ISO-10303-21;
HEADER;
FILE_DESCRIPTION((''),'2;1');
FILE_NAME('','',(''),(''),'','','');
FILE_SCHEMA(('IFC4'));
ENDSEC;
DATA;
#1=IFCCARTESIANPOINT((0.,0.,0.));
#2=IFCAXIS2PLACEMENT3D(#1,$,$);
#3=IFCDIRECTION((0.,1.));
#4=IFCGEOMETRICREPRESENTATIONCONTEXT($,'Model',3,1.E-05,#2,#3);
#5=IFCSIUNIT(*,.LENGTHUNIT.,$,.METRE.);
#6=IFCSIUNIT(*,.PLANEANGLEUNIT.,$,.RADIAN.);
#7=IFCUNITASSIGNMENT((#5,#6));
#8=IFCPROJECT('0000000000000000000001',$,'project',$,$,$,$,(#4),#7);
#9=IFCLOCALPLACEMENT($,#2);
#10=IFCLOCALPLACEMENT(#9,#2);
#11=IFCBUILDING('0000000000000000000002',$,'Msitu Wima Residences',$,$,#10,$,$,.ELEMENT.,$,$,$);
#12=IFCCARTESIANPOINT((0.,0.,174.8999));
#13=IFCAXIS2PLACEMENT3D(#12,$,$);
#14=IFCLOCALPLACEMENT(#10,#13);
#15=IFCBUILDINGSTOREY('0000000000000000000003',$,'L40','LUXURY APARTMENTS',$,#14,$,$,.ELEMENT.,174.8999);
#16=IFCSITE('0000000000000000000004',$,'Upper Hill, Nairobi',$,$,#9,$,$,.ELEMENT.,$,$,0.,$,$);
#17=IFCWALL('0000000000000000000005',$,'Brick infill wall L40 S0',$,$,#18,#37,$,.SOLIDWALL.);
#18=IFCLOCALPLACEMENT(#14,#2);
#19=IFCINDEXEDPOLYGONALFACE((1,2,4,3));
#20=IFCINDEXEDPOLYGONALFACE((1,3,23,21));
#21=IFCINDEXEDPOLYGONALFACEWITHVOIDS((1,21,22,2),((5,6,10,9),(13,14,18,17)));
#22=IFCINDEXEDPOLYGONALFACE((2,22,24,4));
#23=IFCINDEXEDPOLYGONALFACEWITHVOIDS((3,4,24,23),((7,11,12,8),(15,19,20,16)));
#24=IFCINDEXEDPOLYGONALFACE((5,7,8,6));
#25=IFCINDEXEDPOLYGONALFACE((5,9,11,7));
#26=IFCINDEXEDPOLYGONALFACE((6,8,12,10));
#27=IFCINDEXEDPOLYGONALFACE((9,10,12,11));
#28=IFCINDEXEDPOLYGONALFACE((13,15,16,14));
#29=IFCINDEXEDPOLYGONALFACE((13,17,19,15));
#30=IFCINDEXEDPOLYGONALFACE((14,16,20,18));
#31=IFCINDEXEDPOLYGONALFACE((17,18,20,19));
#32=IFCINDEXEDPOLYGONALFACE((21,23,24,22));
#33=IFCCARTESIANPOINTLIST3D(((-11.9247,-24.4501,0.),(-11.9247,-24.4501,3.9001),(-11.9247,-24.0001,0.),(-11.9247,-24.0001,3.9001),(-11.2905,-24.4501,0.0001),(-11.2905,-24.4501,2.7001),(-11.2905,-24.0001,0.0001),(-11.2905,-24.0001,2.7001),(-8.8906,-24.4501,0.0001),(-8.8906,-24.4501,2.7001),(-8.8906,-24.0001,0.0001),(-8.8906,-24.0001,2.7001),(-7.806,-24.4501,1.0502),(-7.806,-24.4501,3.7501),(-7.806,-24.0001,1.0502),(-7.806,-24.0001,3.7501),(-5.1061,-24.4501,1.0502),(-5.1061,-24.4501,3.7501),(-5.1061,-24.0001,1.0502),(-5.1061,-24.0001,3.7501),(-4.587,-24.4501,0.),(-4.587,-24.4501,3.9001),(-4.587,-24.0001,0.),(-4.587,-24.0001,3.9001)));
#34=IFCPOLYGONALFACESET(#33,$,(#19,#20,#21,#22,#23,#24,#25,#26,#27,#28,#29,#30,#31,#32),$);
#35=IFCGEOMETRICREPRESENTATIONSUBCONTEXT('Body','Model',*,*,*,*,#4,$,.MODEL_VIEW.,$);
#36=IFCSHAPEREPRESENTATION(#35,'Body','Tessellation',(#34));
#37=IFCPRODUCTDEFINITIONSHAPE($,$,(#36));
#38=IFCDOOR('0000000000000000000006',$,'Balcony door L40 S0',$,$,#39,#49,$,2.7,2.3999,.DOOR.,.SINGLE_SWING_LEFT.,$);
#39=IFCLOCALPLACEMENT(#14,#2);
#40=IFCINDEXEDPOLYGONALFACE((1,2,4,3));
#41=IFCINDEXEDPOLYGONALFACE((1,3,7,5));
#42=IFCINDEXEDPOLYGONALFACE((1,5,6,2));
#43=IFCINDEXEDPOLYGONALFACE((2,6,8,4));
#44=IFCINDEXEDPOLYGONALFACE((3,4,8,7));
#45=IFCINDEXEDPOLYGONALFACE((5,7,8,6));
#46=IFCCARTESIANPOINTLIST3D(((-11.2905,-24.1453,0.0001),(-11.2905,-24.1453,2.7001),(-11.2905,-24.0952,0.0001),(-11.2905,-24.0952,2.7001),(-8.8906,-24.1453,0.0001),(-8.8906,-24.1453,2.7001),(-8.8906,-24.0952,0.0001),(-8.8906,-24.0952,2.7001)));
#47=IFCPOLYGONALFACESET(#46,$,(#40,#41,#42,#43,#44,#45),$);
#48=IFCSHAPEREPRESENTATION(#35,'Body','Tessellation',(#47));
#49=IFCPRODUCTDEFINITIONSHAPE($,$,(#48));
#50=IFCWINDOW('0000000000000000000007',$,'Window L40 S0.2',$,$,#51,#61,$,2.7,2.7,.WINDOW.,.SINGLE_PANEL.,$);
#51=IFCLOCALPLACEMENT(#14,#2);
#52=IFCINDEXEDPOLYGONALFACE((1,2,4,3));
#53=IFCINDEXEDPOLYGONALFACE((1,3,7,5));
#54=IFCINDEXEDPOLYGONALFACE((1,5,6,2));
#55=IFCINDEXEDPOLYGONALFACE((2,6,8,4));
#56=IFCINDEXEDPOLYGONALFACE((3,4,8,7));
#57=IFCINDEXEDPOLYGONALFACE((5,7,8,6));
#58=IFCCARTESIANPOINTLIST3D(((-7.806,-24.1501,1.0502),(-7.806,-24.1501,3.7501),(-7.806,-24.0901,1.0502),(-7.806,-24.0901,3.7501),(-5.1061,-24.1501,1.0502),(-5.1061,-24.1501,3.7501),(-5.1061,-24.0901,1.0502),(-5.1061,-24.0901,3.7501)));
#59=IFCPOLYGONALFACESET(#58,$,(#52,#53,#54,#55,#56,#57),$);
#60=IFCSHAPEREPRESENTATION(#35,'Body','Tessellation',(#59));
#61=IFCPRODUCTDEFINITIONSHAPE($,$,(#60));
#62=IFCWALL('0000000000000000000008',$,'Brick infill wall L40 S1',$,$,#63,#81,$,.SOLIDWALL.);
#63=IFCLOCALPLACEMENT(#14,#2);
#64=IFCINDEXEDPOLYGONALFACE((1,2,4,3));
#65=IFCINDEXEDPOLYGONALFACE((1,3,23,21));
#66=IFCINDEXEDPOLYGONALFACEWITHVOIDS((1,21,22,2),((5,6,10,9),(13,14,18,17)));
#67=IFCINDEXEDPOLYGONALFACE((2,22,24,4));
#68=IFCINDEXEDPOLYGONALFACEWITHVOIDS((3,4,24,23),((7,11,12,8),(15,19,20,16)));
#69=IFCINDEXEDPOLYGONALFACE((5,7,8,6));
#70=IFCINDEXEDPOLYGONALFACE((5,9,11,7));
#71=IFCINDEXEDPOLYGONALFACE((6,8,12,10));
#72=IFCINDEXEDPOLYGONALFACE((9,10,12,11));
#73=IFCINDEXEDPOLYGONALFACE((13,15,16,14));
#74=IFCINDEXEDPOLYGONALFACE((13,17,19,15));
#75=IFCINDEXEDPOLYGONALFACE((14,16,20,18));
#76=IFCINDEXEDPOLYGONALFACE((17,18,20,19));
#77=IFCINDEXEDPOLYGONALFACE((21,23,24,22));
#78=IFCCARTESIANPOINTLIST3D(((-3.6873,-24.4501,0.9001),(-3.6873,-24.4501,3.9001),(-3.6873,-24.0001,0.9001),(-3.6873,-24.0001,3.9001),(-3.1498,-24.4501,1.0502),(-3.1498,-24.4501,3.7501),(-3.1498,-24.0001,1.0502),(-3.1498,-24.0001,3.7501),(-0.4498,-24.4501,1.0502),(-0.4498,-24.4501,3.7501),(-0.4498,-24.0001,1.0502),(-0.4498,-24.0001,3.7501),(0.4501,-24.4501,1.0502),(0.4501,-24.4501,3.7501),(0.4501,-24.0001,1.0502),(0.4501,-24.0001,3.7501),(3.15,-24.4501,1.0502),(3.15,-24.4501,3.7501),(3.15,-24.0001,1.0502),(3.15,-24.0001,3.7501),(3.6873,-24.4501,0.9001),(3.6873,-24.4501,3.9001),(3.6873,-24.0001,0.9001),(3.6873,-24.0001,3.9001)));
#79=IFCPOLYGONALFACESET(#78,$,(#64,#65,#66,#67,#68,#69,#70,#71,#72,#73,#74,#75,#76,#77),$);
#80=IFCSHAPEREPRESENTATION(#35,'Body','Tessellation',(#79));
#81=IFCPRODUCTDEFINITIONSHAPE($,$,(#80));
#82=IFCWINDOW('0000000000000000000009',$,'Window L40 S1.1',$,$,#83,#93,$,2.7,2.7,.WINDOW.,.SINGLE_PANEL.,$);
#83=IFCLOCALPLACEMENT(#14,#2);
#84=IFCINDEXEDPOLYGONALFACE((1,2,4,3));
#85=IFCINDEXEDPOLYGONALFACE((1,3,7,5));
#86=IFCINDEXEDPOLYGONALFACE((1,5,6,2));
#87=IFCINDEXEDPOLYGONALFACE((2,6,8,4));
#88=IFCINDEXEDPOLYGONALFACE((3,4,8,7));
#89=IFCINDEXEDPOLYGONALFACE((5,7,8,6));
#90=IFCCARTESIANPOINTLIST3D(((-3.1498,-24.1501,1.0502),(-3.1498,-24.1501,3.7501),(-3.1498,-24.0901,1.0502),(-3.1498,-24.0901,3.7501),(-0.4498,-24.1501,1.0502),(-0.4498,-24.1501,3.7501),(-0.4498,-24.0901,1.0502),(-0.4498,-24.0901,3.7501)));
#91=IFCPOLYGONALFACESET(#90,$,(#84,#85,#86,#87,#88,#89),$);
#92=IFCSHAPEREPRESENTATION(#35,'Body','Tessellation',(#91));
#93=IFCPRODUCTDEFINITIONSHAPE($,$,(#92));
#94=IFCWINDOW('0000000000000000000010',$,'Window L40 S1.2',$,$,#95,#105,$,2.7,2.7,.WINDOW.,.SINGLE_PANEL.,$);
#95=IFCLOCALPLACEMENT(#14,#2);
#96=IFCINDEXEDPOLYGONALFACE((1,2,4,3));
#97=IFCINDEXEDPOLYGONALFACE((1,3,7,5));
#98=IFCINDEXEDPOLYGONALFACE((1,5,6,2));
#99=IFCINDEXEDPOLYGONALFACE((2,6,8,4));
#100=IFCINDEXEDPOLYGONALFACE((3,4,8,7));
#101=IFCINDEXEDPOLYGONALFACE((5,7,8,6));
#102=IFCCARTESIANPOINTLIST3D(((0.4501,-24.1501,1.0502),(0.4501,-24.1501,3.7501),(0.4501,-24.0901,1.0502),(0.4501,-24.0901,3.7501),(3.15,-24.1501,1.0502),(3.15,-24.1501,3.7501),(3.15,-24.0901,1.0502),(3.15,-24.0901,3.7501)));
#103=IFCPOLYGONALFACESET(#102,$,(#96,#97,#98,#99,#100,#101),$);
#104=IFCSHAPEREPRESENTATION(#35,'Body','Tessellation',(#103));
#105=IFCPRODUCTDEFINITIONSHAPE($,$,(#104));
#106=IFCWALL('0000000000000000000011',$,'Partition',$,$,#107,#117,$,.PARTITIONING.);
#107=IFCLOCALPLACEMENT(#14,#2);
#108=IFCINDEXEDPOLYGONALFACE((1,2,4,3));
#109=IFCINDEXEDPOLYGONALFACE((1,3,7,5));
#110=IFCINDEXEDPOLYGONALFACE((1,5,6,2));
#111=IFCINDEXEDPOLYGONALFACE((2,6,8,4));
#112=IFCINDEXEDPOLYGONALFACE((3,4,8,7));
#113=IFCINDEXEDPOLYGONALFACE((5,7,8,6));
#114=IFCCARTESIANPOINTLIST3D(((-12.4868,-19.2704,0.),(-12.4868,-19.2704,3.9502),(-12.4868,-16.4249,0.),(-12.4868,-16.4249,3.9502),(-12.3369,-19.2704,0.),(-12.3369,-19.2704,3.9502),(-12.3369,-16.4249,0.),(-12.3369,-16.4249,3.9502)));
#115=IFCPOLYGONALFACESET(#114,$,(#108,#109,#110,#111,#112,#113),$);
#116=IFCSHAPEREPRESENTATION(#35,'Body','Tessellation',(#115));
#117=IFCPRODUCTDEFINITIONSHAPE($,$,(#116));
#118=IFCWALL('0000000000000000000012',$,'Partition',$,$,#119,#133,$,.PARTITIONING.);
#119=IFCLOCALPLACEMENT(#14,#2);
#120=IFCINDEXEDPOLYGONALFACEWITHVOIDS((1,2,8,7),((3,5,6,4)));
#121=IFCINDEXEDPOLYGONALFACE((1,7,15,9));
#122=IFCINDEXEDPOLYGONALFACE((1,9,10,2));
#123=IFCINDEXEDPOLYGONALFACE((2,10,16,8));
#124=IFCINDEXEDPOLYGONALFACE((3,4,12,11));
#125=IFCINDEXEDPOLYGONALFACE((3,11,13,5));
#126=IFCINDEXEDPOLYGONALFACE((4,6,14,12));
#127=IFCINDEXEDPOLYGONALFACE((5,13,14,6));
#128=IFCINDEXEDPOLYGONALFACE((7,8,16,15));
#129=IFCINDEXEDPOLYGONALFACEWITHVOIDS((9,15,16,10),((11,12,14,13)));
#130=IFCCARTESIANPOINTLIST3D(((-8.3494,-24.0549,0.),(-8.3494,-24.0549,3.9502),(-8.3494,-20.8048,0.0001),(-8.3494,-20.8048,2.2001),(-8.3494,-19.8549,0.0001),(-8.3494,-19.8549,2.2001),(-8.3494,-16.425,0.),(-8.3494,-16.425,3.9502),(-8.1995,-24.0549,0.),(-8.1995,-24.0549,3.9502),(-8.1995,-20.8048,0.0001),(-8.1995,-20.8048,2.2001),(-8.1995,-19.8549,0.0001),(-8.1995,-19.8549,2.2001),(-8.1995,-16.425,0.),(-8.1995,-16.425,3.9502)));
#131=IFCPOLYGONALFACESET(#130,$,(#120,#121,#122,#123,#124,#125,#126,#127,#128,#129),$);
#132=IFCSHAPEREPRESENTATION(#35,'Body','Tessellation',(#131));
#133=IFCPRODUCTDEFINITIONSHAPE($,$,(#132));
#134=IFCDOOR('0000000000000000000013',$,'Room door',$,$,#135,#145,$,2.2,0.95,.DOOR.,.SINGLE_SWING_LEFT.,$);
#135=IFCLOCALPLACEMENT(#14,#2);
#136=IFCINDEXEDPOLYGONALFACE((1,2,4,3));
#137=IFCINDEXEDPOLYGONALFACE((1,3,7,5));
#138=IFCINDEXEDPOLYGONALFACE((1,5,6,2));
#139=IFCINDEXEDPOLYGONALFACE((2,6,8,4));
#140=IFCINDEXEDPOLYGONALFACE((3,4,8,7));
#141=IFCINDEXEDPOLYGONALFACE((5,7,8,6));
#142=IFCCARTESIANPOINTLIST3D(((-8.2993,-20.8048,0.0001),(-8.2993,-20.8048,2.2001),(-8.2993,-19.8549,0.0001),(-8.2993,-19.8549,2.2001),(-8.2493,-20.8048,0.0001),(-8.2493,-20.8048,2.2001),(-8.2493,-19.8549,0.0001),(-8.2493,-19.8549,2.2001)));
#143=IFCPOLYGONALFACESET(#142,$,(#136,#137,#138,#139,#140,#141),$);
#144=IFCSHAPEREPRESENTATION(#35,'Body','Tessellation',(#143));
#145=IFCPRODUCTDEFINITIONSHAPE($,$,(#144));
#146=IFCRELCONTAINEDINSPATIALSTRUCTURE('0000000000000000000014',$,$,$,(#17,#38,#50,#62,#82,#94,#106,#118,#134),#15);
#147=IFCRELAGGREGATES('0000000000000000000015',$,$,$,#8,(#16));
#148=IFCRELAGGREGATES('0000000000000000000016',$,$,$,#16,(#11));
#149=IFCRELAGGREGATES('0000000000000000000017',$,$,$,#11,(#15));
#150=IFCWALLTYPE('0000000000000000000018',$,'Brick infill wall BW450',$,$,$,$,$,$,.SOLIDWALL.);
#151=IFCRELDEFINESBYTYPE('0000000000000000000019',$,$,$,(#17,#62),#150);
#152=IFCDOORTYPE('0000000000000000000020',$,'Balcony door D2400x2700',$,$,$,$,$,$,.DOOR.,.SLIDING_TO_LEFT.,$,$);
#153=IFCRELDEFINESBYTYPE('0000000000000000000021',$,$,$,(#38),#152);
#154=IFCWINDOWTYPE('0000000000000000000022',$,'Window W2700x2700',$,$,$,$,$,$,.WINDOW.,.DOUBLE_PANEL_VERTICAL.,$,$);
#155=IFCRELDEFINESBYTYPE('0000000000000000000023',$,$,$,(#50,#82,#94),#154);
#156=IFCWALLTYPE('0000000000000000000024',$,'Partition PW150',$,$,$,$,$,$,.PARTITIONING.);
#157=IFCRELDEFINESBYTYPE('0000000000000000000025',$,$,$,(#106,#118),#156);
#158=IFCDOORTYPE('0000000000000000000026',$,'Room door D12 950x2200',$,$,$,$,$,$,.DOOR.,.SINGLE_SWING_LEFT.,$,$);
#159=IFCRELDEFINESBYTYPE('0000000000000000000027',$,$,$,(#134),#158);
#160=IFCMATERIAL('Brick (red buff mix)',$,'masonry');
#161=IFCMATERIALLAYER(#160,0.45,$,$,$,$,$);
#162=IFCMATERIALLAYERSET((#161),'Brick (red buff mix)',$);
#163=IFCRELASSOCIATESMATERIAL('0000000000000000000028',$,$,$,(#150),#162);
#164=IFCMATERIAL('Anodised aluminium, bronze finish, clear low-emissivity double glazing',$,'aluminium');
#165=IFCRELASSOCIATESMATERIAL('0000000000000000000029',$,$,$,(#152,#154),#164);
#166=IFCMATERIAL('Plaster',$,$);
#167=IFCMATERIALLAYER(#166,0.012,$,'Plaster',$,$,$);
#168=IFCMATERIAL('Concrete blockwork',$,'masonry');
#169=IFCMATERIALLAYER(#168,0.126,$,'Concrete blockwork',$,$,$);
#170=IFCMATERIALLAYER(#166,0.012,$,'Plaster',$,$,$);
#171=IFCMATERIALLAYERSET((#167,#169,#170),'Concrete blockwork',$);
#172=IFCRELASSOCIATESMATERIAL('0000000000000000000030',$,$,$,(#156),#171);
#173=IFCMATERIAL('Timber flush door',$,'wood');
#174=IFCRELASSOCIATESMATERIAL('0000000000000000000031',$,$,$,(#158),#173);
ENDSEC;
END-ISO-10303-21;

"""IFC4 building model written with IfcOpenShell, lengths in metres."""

from ifc_helpers import new_model, si_unit, direction, frame, frame_2d, origin, place, context, subcontext, project, spatial, rectangle, extrude, material, layer, layer_set, type_object, element, fill, save


model = new_model("IFC4")

# Units and contexts
model_context = context("Model", 3, precision=1e-05, world=origin(), true_north=direction((0.0, 1.0)))
body_context = subcontext(model_context, "Body", "Model", "MODEL_VIEW")
ifc_project = project(units=[si_unit("LENGTHUNIT", "METRE"), si_unit("PLANEANGLEUNIT", "RADIAN")], contexts=[model_context])

# Site, building, storey
site_placement = place(None, origin())
site = spatial("IfcSite", under=ifc_project, at=site_placement, Name="Upper Hill, Nairobi", CompositionType="ELEMENT", RefElevation=0.0)
building_placement = place(site_placement, origin())
building = spatial("IfcBuilding", under=site, at=building_placement, Name="Msitu Wima Residences", CompositionType="ELEMENT")
storey_placement = place(building_placement, frame((0.0, 0.0, 174.8999)))
storey = spatial("IfcBuildingStorey", under=building, at=storey_placement, Name="L40", Description="LUXURY APARTMENTS", CompositionType="ELEMENT", Elevation=174.8999)

# Wall, openings, door, window
ifc_material_1 = material(Name="Brick (red buff mix)", Category="masonry")
ifc_layer_1 = layer(ifc_material_1, 0.45)
ifc_layer_set_1 = layer_set([ifc_layer_1], Name="Brick (red buff mix)")
wall_type_1 = type_object("IfcWallType", Name="Brick infill wall BW450", PredefinedType="SOLIDWALL", material=ifc_layer_set_1)
wall_1_placement = place(storey_placement, frame((-11.9248, -24.2251, 0.0), z_axis=(0.0, 0.0, 1.0), x_axis=(1.0, 0.0, 0.0)))
wall_1 = element("IfcWall", 1, at=wall_1_placement, inside=storey, type_object=wall_type_1, Name="Brick infill wall L40 S0", PredefinedType="SOLIDWALL", context=body_context, shape_type="SweptSolid", body=[
    extrude(rectangle(XDim=7.3376, YDim=0.45, at=frame_2d((3.6689, 0.0))), origin(), (0.0, 0.0, 1.0), 3.9001),
])
opening_1_placement = place(wall_1_placement, frame((0.6343, 0.0, 0.0)))
opening_1 = element("IfcOpeningElement", 2, at=opening_1_placement, cuts=wall_1, PredefinedType="OPENING", context=body_context, shape_type="SweptSolid", body=[
    extrude(rectangle(XDim=2.3999, YDim=2.7, at=frame_2d((1.2, 1.3501))), frame((0.0, 0.2349, 0.0), z_axis=(0.0, -1.0, 0.0), x_axis=(1.0, 0.0, 0.0)), (0.0, 0.0, 1.0), 0.47),
])
opening_2_placement = place(wall_1_placement, frame((4.1187, 0.0, 1.05)))
opening_2 = element("IfcOpeningElement", 3, at=opening_2_placement, cuts=wall_1, PredefinedType="OPENING", context=body_context, shape_type="SweptSolid", body=[
    extrude(rectangle(XDim=2.7, YDim=2.7, at=frame_2d((1.3501, 1.3501))), frame((0.0, 0.2349, 0.0), z_axis=(0.0, -1.0, 0.0), x_axis=(1.0, 0.0, 0.0)), (0.0, 0.0, 1.0), 0.47),
])
ifc_material_2 = material(Name="Anodised aluminium, bronze finish, clear low-emissivity double glazing", Category="aluminium")
door_type_1 = type_object("IfcDoorType", Name="Balcony door D2400x2700", OperationType="SLIDING_TO_LEFT", PredefinedType="DOOR", material=ifc_material_2)
door_1_placement = place(opening_1_placement, origin())
door_1 = element("IfcDoor", 4, at=door_1_placement, inside=storey, type_object=door_type_1, Name="Balcony door L40 S0", OperationType="SINGLE_SWING_LEFT", OverallHeight=2.7, OverallWidth=2.3999, PredefinedType="DOOR", context=body_context, shape_type="SweptSolid", body=[
    extrude(rectangle(XDim=2.3999, YDim=2.7, at=frame_2d((1.2, 1.3501))), frame((0.0, 0.1299, 0.0), z_axis=(0.0, -1.0, 0.0), x_axis=(1.0, 0.0, 0.0)), (0.0, 0.0, 1.0), 0.05),
])
fill(opening_1, door_1)
window_type = type_object("IfcWindowType", Name="Window W2700x2700", PartitioningType="DOUBLE_PANEL_VERTICAL", PredefinedType="WINDOW", material=ifc_material_2)
window_1_placement = place(opening_2_placement, origin())
window_1 = element("IfcWindow", 5, at=window_1_placement, inside=storey, type_object=window_type, Name="Window L40 S0.2", OverallHeight=2.7, OverallWidth=2.7, PartitioningType="SINGLE_PANEL", PredefinedType="WINDOW", context=body_context, shape_type="SweptSolid", body=[
    extrude(rectangle(XDim=2.7, YDim=2.7, at=frame_2d((1.3501, 1.3501))), frame((0.0, 0.135, 0.0), z_axis=(0.0, -1.0, 0.0), x_axis=(1.0, 0.0, 0.0)), (0.0, 0.0, 1.0), 0.0601),
])
fill(opening_2, window_1)

# Wall, openings, windows
wall_2_placement = place(storey_placement, frame((-3.6873, -24.2251, 0.9001), z_axis=(0.0, 0.0, 1.0), x_axis=(1.0, 0.0, 0.0)))
wall_2 = element("IfcWall", 6, at=wall_2_placement, inside=storey, type_object=wall_type_1, Name="Brick infill wall L40 S1", PredefinedType="SOLIDWALL", context=body_context, shape_type="SweptSolid", body=[
    extrude(rectangle(XDim=7.3745, YDim=0.45, at=frame_2d((3.6873, 0.0))), origin(), (0.0, 0.0, 1.0), 3.0),
])
opening_3_placement = place(wall_2_placement, frame((0.5374, 0.0, 0.1499)))
opening_3 = element("IfcOpeningElement", 7, at=opening_3_placement, cuts=wall_2, PredefinedType="OPENING", context=body_context, shape_type="SweptSolid", body=[
    extrude(rectangle(XDim=2.7, YDim=2.7, at=frame_2d((1.3501, 1.3501))), frame((0.0, 0.2349, 0.0), z_axis=(0.0, -1.0, 0.0), x_axis=(1.0, 0.0, 0.0)), (0.0, 0.0, 1.0), 0.47),
])
opening_4_placement = place(wall_2_placement, frame((4.1372, 0.0, 0.1499)))
opening_4 = element("IfcOpeningElement", 8, at=opening_4_placement, cuts=wall_2, PredefinedType="OPENING", context=body_context, shape_type="SweptSolid", body=[
    extrude(rectangle(XDim=2.7, YDim=2.7, at=frame_2d((1.3501, 1.3501))), frame((0.0, 0.2349, 0.0), z_axis=(0.0, -1.0, 0.0), x_axis=(1.0, 0.0, 0.0)), (0.0, 0.0, 1.0), 0.47),
])
window_2_placement = place(opening_3_placement, origin())
window_2 = element("IfcWindow", 9, at=window_2_placement, inside=storey, type_object=window_type, Name="Window L40 S1.1", OverallHeight=2.7, OverallWidth=2.7, PartitioningType="SINGLE_PANEL", PredefinedType="WINDOW", context=body_context, shape_type="SweptSolid", body=[
    extrude(rectangle(XDim=2.7, YDim=2.7, at=frame_2d((1.3501, 1.3501))), frame((0.0, 0.135, 0.0), z_axis=(0.0, -1.0, 0.0), x_axis=(1.0, 0.0, 0.0)), (0.0, 0.0, 1.0), 0.0601),
])
fill(opening_3, window_2)
window_3_placement = place(opening_4_placement, origin())
window_3 = element("IfcWindow", 10, at=window_3_placement, inside=storey, type_object=window_type, Name="Window L40 S1.2", OverallHeight=2.7, OverallWidth=2.7, PartitioningType="SINGLE_PANEL", PredefinedType="WINDOW", context=body_context, shape_type="SweptSolid", body=[
    extrude(rectangle(XDim=2.7, YDim=2.7, at=frame_2d((1.3501, 1.3501))), frame((0.0, 0.135, 0.0), z_axis=(0.0, -1.0, 0.0), x_axis=(1.0, 0.0, 0.0)), (0.0, 0.0, 1.0), 0.0601),
])
fill(opening_4, window_3)

# Wall
ifc_material_3 = material(Name="Plaster")
ifc_layer_2 = layer(ifc_material_3, 0.012, Name="Plaster")
ifc_material_4 = material(Name="Concrete blockwork", Category="masonry")
ifc_layer_3 = layer(ifc_material_4, 0.126, Name="Concrete blockwork")
ifc_layer_4 = layer(ifc_material_3, 0.012, Name="Plaster")
ifc_layer_set_2 = layer_set([ifc_layer_2, ifc_layer_3, ifc_layer_4], Name="Concrete blockwork")
wall_type_2 = type_object("IfcWallType", Name="Partition PW150", PredefinedType="PARTITIONING", material=ifc_layer_set_2)
wall_3_placement = place(storey_placement, frame((-12.4119, -19.2705, 0.0), z_axis=(0.0, 0.0, 1.0), x_axis=(0.0, 1.0, 0.0)))
element("IfcWall", 11, at=wall_3_placement, inside=storey, type_object=wall_type_2, Name="Partition", PredefinedType="PARTITIONING", context=body_context, shape_type="SweptSolid", body=[
    extrude(rectangle(XDim=2.8455, YDim=0.1499, at=frame_2d((1.4229, 0.0))), origin(), (0.0, 0.0, 1.0), 3.9502),
])

# Wall, opening, door
wall_4_placement = place(storey_placement, frame((-8.2744, -24.0549, 0.0), z_axis=(0.0, 0.0, 1.0), x_axis=(0.0, 1.0, 0.0)))
wall_4 = element("IfcWall", 12, at=wall_4_placement, inside=storey, type_object=wall_type_2, Name="Partition", PredefinedType="PARTITIONING", context=body_context, shape_type="SweptSolid", body=[
    extrude(rectangle(XDim=7.6299, YDim=0.1499, at=frame_2d((3.8149, 0.0))), origin(), (0.0, 0.0, 1.0), 3.9502),
])
opening_5_placement = place(wall_4_placement, frame((3.25, 0.0, 0.0)))
opening_5 = element("IfcOpeningElement", 13, at=opening_5_placement, cuts=wall_4, PredefinedType="OPENING", context=body_context, shape_type="SweptSolid", body=[
    extrude(rectangle(XDim=0.95, YDim=2.2, at=frame_2d((0.4751, 1.1001))), frame((0.0, 0.085, 0.0), z_axis=(0.0, -1.0, 0.0), x_axis=(1.0, 0.0, 0.0)), (0.0, 0.0, 1.0), 0.1699),
])
ifc_material_5 = material(Name="Timber flush door", Category="wood")
door_type_2 = type_object("IfcDoorType", Name="Room door D12 950x2200", OperationType="SINGLE_SWING_LEFT", PredefinedType="DOOR", material=ifc_material_5)
door_2_placement = place(opening_5_placement, origin())
door_2 = element("IfcDoor", 14, at=door_2_placement, inside=storey, type_object=door_type_2, Name="Room door", OperationType="SINGLE_SWING_LEFT", OverallHeight=2.2, OverallWidth=0.95, PredefinedType="DOOR", context=body_context, shape_type="SweptSolid", body=[
    extrude(rectangle(XDim=0.95, YDim=2.2, at=frame_2d((0.4751, 1.1001))), frame((0.0, 0.0249, 0.0), z_axis=(0.0, -1.0, 0.0), x_axis=(1.0, 0.0, 0.0)), (0.0, 0.0, 1.0), 0.05),
])
fill(opening_5, door_2)

save(model, "model.ifc")
